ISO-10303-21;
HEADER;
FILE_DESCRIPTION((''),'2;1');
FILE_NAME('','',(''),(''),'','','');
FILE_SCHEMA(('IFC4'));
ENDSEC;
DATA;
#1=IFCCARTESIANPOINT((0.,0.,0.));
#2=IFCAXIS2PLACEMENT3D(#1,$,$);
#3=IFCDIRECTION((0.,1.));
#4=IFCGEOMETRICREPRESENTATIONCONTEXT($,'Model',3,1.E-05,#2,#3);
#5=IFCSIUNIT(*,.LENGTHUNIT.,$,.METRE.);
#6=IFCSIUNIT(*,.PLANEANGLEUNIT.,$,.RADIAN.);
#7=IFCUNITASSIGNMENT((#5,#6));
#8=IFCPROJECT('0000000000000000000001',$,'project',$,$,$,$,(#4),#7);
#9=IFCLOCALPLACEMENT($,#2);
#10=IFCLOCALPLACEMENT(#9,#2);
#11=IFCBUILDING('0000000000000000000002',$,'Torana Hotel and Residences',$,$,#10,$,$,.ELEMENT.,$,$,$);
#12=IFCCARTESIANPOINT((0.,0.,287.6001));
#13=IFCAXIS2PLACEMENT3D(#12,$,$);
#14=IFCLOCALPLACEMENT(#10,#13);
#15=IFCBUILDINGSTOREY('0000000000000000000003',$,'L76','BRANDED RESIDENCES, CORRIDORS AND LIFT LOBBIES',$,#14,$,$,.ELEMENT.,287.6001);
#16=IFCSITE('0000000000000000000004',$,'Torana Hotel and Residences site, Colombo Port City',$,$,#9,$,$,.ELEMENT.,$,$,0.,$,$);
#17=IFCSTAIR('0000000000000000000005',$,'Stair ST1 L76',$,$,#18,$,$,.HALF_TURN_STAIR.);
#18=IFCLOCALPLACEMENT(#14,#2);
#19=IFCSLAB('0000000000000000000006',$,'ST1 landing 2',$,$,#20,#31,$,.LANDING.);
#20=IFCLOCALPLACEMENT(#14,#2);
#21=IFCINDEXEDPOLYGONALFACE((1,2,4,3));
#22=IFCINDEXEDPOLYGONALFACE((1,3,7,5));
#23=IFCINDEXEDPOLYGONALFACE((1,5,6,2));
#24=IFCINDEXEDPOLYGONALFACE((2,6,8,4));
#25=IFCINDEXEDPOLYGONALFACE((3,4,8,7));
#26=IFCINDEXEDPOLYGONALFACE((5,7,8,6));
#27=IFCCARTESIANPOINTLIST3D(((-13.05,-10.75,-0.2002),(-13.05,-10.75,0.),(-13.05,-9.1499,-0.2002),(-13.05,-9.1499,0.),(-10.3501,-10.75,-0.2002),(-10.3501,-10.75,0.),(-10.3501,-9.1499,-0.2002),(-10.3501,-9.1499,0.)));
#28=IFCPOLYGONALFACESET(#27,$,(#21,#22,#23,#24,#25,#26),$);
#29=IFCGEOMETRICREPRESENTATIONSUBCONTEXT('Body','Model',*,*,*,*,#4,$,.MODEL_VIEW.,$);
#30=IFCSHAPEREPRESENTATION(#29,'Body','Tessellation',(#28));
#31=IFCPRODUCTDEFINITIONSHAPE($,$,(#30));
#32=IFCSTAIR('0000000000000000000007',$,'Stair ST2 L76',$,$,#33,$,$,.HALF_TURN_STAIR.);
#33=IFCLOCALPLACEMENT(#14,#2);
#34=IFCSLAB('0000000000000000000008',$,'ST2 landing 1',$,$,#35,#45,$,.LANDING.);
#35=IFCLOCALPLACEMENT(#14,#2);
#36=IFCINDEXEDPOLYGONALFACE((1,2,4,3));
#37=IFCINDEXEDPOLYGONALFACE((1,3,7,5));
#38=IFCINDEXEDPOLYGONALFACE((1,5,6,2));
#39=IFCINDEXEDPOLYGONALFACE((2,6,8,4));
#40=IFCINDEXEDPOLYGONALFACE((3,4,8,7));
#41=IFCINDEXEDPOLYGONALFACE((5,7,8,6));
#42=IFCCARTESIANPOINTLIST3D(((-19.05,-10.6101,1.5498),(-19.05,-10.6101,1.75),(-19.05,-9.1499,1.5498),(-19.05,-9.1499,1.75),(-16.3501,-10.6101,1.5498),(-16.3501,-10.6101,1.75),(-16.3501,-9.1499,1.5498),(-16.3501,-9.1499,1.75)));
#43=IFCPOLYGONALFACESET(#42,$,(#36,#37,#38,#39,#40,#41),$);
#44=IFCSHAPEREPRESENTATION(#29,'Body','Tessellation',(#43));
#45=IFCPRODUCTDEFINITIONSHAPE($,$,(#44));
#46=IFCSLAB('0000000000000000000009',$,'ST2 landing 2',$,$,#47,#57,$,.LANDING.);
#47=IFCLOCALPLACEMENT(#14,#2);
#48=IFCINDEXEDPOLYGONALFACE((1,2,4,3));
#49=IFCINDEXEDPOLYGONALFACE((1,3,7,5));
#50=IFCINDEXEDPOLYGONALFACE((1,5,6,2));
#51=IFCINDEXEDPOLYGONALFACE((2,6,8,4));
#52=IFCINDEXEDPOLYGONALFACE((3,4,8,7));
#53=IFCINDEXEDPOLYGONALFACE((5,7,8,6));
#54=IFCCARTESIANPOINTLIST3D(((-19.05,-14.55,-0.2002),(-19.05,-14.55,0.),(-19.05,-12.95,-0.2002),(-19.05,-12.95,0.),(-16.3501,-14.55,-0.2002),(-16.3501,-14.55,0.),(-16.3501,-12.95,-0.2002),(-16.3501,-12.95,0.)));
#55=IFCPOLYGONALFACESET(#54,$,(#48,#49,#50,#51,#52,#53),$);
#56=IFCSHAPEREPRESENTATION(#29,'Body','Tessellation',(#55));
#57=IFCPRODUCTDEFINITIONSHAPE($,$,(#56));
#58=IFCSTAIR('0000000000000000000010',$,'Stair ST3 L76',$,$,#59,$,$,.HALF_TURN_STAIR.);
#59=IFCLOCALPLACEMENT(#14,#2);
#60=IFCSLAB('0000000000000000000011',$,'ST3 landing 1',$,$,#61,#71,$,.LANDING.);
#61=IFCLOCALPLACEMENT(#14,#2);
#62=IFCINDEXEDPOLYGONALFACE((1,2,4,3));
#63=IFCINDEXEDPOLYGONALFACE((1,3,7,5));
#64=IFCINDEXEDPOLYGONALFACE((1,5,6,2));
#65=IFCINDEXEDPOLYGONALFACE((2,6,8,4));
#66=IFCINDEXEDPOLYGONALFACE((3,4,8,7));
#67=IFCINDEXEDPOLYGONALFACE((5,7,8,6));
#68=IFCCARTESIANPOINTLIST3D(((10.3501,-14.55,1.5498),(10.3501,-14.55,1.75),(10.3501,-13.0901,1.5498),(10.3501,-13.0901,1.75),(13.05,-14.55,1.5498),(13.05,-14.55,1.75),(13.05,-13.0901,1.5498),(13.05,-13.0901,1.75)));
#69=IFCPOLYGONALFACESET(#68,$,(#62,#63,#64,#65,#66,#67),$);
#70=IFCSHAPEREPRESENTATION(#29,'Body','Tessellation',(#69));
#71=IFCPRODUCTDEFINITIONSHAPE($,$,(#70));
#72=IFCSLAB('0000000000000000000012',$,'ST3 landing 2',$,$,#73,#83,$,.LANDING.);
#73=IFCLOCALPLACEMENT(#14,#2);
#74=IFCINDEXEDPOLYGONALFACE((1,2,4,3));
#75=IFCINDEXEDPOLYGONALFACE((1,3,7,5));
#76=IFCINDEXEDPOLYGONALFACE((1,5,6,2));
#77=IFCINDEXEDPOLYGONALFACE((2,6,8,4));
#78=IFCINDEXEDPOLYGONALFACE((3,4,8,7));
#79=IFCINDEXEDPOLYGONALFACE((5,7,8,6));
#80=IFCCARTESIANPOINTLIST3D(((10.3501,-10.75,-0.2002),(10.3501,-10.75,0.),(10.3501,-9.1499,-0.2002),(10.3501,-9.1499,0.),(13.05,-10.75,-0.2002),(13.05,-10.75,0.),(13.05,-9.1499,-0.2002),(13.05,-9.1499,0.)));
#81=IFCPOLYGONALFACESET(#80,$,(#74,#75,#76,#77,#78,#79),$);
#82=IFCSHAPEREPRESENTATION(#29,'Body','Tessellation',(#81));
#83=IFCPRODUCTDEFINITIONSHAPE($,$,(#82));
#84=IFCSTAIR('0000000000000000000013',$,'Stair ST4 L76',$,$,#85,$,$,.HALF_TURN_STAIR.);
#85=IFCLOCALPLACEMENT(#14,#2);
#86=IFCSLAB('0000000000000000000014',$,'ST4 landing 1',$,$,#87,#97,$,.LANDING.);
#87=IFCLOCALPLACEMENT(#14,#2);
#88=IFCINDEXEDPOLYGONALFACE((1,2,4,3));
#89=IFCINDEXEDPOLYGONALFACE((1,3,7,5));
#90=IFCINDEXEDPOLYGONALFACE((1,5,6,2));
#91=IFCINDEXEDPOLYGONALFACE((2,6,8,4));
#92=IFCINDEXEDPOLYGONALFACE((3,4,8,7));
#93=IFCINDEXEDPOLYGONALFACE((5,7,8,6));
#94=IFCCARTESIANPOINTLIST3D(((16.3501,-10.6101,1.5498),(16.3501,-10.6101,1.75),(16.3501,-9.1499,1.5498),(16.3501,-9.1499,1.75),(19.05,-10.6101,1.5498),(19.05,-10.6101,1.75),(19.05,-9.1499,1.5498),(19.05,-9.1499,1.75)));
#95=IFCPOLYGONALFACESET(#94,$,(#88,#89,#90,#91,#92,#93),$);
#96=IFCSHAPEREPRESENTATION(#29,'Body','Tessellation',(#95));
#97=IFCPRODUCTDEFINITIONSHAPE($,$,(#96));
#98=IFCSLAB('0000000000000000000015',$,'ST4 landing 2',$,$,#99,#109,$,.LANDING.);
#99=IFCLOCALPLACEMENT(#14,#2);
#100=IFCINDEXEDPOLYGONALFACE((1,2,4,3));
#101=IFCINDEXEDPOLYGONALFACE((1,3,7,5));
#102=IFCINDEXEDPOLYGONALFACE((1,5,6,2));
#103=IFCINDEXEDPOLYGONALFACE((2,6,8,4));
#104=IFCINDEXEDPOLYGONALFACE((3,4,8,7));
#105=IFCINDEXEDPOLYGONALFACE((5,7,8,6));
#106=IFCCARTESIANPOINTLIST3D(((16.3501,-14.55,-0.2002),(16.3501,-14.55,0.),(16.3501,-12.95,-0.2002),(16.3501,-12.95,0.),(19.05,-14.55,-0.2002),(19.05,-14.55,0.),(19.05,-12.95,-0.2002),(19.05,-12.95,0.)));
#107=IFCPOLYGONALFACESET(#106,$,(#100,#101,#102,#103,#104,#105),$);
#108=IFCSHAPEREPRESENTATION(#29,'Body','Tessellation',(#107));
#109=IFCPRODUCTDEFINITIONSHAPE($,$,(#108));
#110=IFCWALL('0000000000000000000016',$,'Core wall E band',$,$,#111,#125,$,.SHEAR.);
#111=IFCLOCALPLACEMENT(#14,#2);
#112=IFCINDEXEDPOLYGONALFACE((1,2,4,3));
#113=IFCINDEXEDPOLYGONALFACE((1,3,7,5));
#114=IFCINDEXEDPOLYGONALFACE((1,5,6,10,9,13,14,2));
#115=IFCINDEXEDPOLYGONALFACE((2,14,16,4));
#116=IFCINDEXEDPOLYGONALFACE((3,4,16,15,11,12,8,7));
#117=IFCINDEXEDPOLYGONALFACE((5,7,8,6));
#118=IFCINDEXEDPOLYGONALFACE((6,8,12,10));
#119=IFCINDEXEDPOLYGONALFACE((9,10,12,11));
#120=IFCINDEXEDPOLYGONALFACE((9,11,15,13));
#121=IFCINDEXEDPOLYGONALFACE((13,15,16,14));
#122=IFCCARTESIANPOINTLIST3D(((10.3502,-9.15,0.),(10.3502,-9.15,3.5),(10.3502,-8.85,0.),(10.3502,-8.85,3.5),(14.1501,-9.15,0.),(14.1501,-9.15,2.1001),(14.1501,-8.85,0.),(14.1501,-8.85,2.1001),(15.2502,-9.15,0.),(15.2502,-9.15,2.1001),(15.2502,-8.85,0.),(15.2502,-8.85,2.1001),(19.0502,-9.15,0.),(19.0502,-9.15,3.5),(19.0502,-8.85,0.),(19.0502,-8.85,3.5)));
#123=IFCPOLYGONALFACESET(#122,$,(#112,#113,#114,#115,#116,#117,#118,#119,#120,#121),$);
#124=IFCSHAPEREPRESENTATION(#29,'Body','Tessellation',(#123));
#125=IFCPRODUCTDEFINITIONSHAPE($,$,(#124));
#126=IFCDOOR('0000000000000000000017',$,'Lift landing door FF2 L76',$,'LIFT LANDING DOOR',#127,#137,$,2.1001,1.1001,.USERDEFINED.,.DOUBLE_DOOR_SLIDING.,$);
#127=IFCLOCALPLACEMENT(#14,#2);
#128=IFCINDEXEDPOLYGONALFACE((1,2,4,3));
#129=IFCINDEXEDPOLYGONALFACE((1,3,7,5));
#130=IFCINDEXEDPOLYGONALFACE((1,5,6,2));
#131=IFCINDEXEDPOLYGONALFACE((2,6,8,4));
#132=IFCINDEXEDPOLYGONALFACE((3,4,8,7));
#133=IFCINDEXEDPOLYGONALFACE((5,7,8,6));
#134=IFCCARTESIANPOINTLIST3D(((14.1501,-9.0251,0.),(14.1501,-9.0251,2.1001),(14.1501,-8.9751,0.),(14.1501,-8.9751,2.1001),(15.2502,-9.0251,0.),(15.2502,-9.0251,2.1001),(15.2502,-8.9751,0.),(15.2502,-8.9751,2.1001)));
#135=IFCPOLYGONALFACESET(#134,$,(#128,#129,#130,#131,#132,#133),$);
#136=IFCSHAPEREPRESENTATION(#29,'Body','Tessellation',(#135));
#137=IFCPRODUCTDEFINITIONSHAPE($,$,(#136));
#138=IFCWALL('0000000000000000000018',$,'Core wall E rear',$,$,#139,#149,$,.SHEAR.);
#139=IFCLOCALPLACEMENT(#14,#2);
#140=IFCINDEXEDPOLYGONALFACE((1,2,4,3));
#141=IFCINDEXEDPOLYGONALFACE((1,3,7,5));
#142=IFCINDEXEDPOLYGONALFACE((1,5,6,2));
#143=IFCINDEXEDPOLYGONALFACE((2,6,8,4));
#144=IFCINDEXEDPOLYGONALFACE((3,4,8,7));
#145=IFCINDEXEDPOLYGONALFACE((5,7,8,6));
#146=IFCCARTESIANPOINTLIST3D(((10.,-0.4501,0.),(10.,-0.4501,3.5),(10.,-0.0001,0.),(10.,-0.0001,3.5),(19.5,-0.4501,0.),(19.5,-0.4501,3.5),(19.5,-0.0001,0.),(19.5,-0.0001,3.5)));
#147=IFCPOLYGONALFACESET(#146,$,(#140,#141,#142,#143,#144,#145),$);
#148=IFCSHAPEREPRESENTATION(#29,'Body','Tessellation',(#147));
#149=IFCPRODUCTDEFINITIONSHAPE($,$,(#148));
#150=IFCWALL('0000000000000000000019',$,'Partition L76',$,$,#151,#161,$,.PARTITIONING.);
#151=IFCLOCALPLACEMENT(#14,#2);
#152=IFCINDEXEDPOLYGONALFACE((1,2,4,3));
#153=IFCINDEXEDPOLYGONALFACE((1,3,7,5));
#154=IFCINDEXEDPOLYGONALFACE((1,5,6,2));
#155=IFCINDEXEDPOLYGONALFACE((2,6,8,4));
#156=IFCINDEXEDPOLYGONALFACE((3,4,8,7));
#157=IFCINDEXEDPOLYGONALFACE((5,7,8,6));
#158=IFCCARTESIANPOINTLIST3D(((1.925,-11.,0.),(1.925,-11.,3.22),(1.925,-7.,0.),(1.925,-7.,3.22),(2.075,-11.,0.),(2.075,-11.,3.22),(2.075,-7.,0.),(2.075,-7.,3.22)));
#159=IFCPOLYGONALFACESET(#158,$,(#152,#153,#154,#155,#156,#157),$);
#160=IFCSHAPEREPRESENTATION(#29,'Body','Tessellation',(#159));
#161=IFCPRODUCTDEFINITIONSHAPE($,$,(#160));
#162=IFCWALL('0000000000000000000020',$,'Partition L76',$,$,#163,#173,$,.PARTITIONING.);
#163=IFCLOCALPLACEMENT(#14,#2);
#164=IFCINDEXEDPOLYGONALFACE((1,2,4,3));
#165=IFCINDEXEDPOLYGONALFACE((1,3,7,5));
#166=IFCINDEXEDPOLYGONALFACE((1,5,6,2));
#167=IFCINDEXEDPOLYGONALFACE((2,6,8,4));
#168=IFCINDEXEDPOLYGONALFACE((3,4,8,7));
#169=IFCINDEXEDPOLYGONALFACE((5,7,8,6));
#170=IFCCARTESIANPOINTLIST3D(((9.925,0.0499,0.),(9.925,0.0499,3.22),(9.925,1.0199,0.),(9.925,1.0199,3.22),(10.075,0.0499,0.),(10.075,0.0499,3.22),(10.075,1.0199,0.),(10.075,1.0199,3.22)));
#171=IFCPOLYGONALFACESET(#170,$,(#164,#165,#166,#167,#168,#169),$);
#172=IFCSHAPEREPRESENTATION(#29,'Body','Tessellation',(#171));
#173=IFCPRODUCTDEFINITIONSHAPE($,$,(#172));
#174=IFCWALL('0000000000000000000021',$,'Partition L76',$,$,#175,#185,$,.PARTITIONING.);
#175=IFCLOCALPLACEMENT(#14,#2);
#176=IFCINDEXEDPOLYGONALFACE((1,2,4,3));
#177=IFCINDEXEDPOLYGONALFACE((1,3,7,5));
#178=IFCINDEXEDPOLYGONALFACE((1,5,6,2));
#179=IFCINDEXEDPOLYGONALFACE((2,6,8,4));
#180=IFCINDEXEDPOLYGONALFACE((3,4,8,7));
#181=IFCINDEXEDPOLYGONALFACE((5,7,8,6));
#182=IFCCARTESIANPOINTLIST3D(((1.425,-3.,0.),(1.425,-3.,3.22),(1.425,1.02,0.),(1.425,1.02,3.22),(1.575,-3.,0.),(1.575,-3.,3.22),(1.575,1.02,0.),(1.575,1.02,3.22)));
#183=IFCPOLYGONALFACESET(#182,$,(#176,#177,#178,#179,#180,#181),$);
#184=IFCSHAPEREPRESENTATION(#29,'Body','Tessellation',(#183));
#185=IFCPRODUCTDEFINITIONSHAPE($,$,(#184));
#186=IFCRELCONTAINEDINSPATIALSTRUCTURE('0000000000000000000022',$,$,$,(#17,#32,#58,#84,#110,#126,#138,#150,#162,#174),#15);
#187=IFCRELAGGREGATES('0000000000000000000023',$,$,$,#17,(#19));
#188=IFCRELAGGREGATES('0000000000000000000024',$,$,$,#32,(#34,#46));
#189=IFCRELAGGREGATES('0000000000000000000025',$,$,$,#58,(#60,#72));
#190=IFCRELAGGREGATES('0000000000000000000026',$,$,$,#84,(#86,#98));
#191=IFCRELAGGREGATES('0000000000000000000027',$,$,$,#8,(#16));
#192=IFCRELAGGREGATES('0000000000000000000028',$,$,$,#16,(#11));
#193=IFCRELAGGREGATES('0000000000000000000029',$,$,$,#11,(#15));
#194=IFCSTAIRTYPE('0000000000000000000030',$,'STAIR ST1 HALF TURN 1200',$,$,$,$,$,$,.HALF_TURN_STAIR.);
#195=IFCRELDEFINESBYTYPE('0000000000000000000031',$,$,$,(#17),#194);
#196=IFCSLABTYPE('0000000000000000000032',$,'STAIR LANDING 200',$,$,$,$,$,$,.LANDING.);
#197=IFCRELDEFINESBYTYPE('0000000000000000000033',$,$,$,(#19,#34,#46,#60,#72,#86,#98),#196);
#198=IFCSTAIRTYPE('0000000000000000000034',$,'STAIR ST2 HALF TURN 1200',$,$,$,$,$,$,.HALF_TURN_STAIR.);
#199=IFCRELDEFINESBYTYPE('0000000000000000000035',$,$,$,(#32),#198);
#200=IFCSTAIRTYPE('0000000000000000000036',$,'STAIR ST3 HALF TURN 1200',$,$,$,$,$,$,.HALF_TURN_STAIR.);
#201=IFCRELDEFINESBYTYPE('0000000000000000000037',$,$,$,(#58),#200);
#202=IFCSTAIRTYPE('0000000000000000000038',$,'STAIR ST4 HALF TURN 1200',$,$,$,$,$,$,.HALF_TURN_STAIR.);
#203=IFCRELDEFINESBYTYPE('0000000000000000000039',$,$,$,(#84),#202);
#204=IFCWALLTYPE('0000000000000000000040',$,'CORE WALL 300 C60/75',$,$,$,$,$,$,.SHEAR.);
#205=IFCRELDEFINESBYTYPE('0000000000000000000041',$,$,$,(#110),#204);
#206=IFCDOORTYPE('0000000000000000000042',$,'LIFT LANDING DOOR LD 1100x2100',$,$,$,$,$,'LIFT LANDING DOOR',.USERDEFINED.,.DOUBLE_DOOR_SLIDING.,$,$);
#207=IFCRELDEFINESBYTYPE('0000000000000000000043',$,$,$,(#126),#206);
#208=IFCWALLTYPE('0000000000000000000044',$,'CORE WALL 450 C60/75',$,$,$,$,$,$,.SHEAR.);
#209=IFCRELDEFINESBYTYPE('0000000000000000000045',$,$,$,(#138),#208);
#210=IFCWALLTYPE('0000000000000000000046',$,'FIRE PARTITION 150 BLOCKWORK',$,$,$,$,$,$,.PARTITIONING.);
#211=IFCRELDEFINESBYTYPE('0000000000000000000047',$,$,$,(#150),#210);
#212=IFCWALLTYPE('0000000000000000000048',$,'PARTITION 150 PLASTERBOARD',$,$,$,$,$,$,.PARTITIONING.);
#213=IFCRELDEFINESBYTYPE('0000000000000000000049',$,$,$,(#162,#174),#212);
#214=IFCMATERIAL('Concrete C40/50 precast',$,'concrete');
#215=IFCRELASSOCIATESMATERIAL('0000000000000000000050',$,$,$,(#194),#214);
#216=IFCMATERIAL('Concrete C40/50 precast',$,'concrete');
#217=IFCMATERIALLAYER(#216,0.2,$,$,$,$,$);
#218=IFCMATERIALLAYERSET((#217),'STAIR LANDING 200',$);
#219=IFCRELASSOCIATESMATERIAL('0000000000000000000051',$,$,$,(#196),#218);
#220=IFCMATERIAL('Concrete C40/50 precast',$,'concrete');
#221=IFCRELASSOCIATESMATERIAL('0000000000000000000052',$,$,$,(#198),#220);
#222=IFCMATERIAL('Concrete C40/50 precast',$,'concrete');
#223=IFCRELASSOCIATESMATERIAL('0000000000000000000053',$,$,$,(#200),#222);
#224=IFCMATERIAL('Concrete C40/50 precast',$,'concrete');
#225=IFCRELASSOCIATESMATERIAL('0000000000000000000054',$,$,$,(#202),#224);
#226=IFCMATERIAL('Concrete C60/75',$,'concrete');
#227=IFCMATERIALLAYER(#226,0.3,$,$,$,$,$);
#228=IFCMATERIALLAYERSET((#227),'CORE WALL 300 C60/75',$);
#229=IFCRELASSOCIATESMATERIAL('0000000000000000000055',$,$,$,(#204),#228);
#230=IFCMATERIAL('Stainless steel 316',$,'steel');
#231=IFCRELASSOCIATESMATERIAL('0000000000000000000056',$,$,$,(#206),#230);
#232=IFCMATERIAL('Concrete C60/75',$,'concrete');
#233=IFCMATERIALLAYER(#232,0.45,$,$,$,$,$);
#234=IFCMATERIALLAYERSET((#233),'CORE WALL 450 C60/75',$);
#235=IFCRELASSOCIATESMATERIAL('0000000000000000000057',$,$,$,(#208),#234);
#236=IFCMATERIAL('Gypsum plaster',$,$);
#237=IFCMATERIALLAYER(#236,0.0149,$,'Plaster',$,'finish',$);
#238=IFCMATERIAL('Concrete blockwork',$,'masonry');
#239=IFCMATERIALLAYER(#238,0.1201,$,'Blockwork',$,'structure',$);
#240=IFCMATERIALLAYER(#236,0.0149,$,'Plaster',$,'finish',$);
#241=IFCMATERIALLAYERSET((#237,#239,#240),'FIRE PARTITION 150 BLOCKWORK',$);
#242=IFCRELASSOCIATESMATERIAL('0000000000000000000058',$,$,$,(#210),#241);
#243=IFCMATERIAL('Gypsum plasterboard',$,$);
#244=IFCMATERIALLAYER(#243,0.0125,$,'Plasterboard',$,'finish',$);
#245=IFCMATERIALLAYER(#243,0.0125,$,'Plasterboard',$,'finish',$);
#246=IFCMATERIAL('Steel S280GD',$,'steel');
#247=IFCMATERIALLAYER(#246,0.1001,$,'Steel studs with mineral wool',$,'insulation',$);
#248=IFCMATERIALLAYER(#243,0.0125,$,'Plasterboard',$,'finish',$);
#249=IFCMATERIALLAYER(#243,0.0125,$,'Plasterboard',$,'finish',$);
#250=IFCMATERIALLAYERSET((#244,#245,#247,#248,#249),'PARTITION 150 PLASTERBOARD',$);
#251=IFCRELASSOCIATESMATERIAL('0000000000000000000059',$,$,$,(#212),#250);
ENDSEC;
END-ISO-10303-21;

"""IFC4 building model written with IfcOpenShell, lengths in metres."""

from ifc_helpers import new_model, si_unit, direction, frame, frame_2d, origin, place, context, subcontext, project, spatial, polyline, rectangle, outline, extrude, material, layer, layer_set, type_object, element, fill, aggregate, save


model = new_model("IFC4")

# Units and contexts
model_context = context("Model", 3, precision=1e-05, world=origin(), true_north=direction((0.0, 1.0)))
body_context = subcontext(model_context, "Body", "Model", "MODEL_VIEW")
ifc_project = project(units=[si_unit("LENGTHUNIT", "METRE"), si_unit("PLANEANGLEUNIT", "RADIAN")], contexts=[model_context])

# Site, building, storey
site_placement = place(None, origin())
site = spatial("IfcSite", under=ifc_project, at=site_placement, Name="Torana Hotel and Residences site, Colombo Port City", CompositionType="ELEMENT", RefElevation=0.0)
building_placement = place(site_placement, origin())
building = spatial("IfcBuilding", under=site, at=building_placement, Name="Torana Hotel and Residences", CompositionType="ELEMENT")
storey_placement = place(building_placement, frame((0.0, 0.0, 287.6001)))
storey = spatial("IfcBuildingStorey", under=building, at=storey_placement, Name="L76", Description="BRANDED RESIDENCES, CORRIDORS AND LIFT LOBBIES", CompositionType="ELEMENT", Elevation=287.6001)

# Stairs, slabs
ifc_material_1 = material(Name="Concrete C40/50 precast", Category="concrete")
stair_type_1 = type_object("IfcStairType", Name="STAIR ST1 HALF TURN 1200", PredefinedType="HALF_TURN_STAIR", material=ifc_material_1)
stair_1_placement = place(storey_placement, origin())
stair_1 = element("IfcStair", 1, at=stair_1_placement, inside=storey, type_object=stair_type_1, Name="Stair ST1 L76", PredefinedType="HALF_TURN_STAIR")
ifc_material_2 = material(Name="Concrete C40/50 precast", Category="concrete")
ifc_layer_1 = layer(ifc_material_2, 0.2)
ifc_layer_set_1 = layer_set([ifc_layer_1], Name="STAIR LANDING 200")
slab_type_1 = type_object("IfcSlabType", Name="STAIR LANDING 200", PredefinedType="LANDING", material=ifc_layer_set_1)
slab_1_placement = place(storey_placement, frame((0.0, 0.0, -0.2002)))
slab_1 = element("IfcSlab", 2, at=slab_1_placement, type_object=slab_type_1, Name="ST1 landing 2", PredefinedType="LANDING", context=body_context, shape_type="SweptSolid", body=[
    extrude(outline(polyline([(-13.05, -10.75), (-10.3501, -10.75), (-10.3501, -9.1499), (-13.05, -9.1499), (-13.05, -10.75)])), origin(), (0.0, 0.0, 1.0), 0.2002),
])
aggregate(stair_1, [slab_1])
ifc_material_3 = material(Name="Concrete C40/50 precast", Category="concrete")
stair_type_2 = type_object("IfcStairType", Name="STAIR ST2 HALF TURN 1200", PredefinedType="HALF_TURN_STAIR", material=ifc_material_3)
stair_2_placement = place(storey_placement, origin())
stair_2 = element("IfcStair", 3, at=stair_2_placement, inside=storey, type_object=stair_type_2, Name="Stair ST2 L76", PredefinedType="HALF_TURN_STAIR")
slab_2_placement = place(storey_placement, frame((0.0, 0.0, 1.5498)))
slab_2 = element("IfcSlab", 4, at=slab_2_placement, type_object=slab_type_1, Name="ST2 landing 1", PredefinedType="LANDING", context=body_context, shape_type="SweptSolid", body=[
    extrude(outline(polyline([(-19.05, -10.6101), (-16.3501, -10.6101), (-16.3501, -9.1499), (-19.05, -9.1499), (-19.05, -10.6101)])), origin(), (0.0, 0.0, 1.0), 0.2002),
])
slab_3_placement = place(storey_placement, frame((0.0, 0.0, -0.2002)))
slab_3 = element("IfcSlab", 5, at=slab_3_placement, type_object=slab_type_1, Name="ST2 landing 2", PredefinedType="LANDING", context=body_context, shape_type="SweptSolid", body=[
    extrude(outline(polyline([(-19.05, -14.55), (-16.3501, -14.55), (-16.3501, -12.95), (-19.05, -12.95), (-19.05, -14.55)])), origin(), (0.0, 0.0, 1.0), 0.2002),
])
aggregate(stair_2, [slab_2, slab_3])
ifc_material_4 = material(Name="Concrete C40/50 precast", Category="concrete")
stair_type_3 = type_object("IfcStairType", Name="STAIR ST3 HALF TURN 1200", PredefinedType="HALF_TURN_STAIR", material=ifc_material_4)
stair_3_placement = place(storey_placement, origin())
stair_3 = element("IfcStair", 6, at=stair_3_placement, inside=storey, type_object=stair_type_3, Name="Stair ST3 L76", PredefinedType="HALF_TURN_STAIR")
slab_4_placement = place(storey_placement, frame((0.0, 0.0, 1.5498)))
slab_4 = element("IfcSlab", 7, at=slab_4_placement, type_object=slab_type_1, Name="ST3 landing 1", PredefinedType="LANDING", context=body_context, shape_type="SweptSolid", body=[
    extrude(outline(polyline([(10.3501, -14.55), (13.05, -14.55), (13.05, -13.0901), (10.3501, -13.0901), (10.3501, -14.55)])), origin(), (0.0, 0.0, 1.0), 0.2002),
])
slab_5_placement = place(storey_placement, frame((0.0, 0.0, -0.2002)))
slab_5 = element("IfcSlab", 8, at=slab_5_placement, type_object=slab_type_1, Name="ST3 landing 2", PredefinedType="LANDING", context=body_context, shape_type="SweptSolid", body=[
    extrude(outline(polyline([(10.3501, -10.75), (13.05, -10.75), (13.05, -9.1499), (10.3501, -9.1499), (10.3501, -10.75)])), origin(), (0.0, 0.0, 1.0), 0.2002),
])
aggregate(stair_3, [slab_4, slab_5])
ifc_material_5 = material(Name="Concrete C40/50 precast", Category="concrete")
stair_type_4 = type_object("IfcStairType", Name="STAIR ST4 HALF TURN 1200", PredefinedType="HALF_TURN_STAIR", material=ifc_material_5)
stair_4_placement = place(storey_placement, origin())
stair_4 = element("IfcStair", 9, at=stair_4_placement, inside=storey, type_object=stair_type_4, Name="Stair ST4 L76", PredefinedType="HALF_TURN_STAIR")
slab_6_placement = place(storey_placement, frame((0.0, 0.0, 1.5498)))
slab_6 = element("IfcSlab", 10, at=slab_6_placement, type_object=slab_type_1, Name="ST4 landing 1", PredefinedType="LANDING", context=body_context, shape_type="SweptSolid", body=[
    extrude(outline(polyline([(16.3501, -10.6101), (19.05, -10.6101), (19.05, -9.1499), (16.3501, -9.1499), (16.3501, -10.6101)])), origin(), (0.0, 0.0, 1.0), 0.2002),
])
slab_7_placement = place(storey_placement, frame((0.0, 0.0, -0.2002)))
slab_7 = element("IfcSlab", 11, at=slab_7_placement, type_object=slab_type_1, Name="ST4 landing 2", PredefinedType="LANDING", context=body_context, shape_type="SweptSolid", body=[
    extrude(outline(polyline([(16.3501, -14.55), (19.05, -14.55), (19.05, -12.95), (16.3501, -12.95), (16.3501, -14.55)])), origin(), (0.0, 0.0, 1.0), 0.2002),
])
aggregate(stair_4, [slab_6, slab_7])

# Wall, opening, door
ifc_material_6 = material(Name="Concrete C60/75", Category="concrete")
ifc_layer_2 = layer(ifc_material_6, 0.3)
ifc_layer_set_2 = layer_set([ifc_layer_2], Name="CORE WALL 300 C60/75")
wall_type_1 = type_object("IfcWallType", Name="CORE WALL 300 C60/75", PredefinedType="SHEAR", material=ifc_layer_set_2)
wall_1_placement = place(storey_placement, frame((10.3501, -9.0, 0.0), z_axis=(0.0, 0.0, 1.0), x_axis=(1.0, 0.0, 0.0)))
wall_1 = element("IfcWall", 12, at=wall_1_placement, inside=storey, type_object=wall_type_1, Name="Core wall E band", PredefinedType="SHEAR", context=body_context, shape_type="SweptSolid", body=[
    extrude(rectangle(XDim=8.7, YDim=0.3, at=frame_2d((4.3501, 0.0))), origin(), (0.0, 0.0, 1.0), 3.5),
])
opening_placement = place(wall_1_placement, frame((3.8, 0.0, 0.0)))
opening = element("IfcOpeningElement", 13, at=opening_placement, cuts=wall_1, PredefinedType="OPENING", context=body_context, shape_type="SweptSolid", body=[
    extrude(rectangle(XDim=1.1001, YDim=2.1001, at=frame_2d((0.55, 1.05))), frame((0.0, 0.1599, 0.0), z_axis=(0.0, -1.0, 0.0), x_axis=(1.0, 0.0, 0.0)), (0.0, 0.0, 1.0), 0.3201),
])
ifc_material_7 = material(Name="Stainless steel 316", Category="steel")
door_type = type_object("IfcDoorType", Name="LIFT LANDING DOOR LD 1100x2100", ElementType="LIFT LANDING DOOR", OperationType="DOUBLE_DOOR_SLIDING", PredefinedType="USERDEFINED", material=ifc_material_7)
door_placement = place(opening_placement, origin())
door = element("IfcDoor", 14, at=door_placement, inside=storey, type_object=door_type, Name="Lift landing door FF2 L76", ObjectType="LIFT LANDING DOOR", OperationType="DOUBLE_DOOR_SLIDING", OverallHeight=2.1001, OverallWidth=1.1001, PredefinedType="USERDEFINED", context=body_context, shape_type="SweptSolid", body=[
    extrude(rectangle(XDim=1.1001, YDim=2.1001, at=frame_2d((0.55, 1.05))), frame((0.0, 0.0249, 0.0), z_axis=(0.0, -1.0, 0.0), x_axis=(1.0, 0.0, 0.0)), (0.0, 0.0, 1.0), 0.05),
])
fill(opening, door)

# Walls
ifc_material_8 = material(Name="Concrete C60/75", Category="concrete")
ifc_layer_3 = layer(ifc_material_8, 0.45)
ifc_layer_set_3 = layer_set([ifc_layer_3], Name="CORE WALL 450 C60/75")
wall_type_2 = type_object("IfcWallType", Name="CORE WALL 450 C60/75", PredefinedType="SHEAR", material=ifc_layer_set_3)
wall_2_placement = place(storey_placement, frame((10.0, -0.2251, 0.0), z_axis=(0.0, 0.0, 1.0), x_axis=(1.0, 0.0, 0.0)))
element("IfcWall", 15, at=wall_2_placement, inside=storey, type_object=wall_type_2, Name="Core wall E rear", PredefinedType="SHEAR", context=body_context, shape_type="SweptSolid", body=[
    extrude(rectangle(XDim=9.5, YDim=0.45, at=frame_2d((4.75, 0.0))), origin(), (0.0, 0.0, 1.0), 3.5),
])
ifc_material_9 = material(Name="Gypsum plaster")
ifc_layer_4 = layer(ifc_material_9, 0.0149, Name="Plaster", Category="finish")
ifc_material_10 = material(Name="Concrete blockwork", Category="masonry")
ifc_layer_5 = layer(ifc_material_10, 0.1201, Name="Blockwork", Category="structure")
ifc_layer_6 = layer(ifc_material_9, 0.0149, Name="Plaster", Category="finish")
ifc_layer_set_4 = layer_set([ifc_layer_4, ifc_layer_5, ifc_layer_6], Name="FIRE PARTITION 150 BLOCKWORK")
wall_type_3 = type_object("IfcWallType", Name="FIRE PARTITION 150 BLOCKWORK", PredefinedType="PARTITIONING", material=ifc_layer_set_4)
wall_3_placement = place(storey_placement, frame((2.0, -11.0, 0.0), z_axis=(0.0, 0.0, 1.0), x_axis=(0.0, 1.0, 0.0)))
element("IfcWall", 16, at=wall_3_placement, inside=storey, type_object=wall_type_3, Name="Partition L76", PredefinedType="PARTITIONING", context=body_context, shape_type="SweptSolid", body=[
    extrude(rectangle(XDim=4.0, YDim=0.1499, at=frame_2d((2.0, 0.0))), origin(), (0.0, 0.0, 1.0), 3.22),
])
ifc_material_11 = material(Name="Gypsum plasterboard")
ifc_layer_7 = layer(ifc_material_11, 0.0125, Name="Plasterboard", Category="finish")
ifc_layer_8 = layer(ifc_material_11, 0.0125, Name="Plasterboard", Category="finish")
ifc_material_12 = material(Name="Steel S280GD", Category="steel")
ifc_layer_9 = layer(ifc_material_12, 0.1001, Name="Steel studs with mineral wool", Category="insulation")
ifc_layer_10 = layer(ifc_material_11, 0.0125, Name="Plasterboard", Category="finish")
ifc_layer_11 = layer(ifc_material_11, 0.0125, Name="Plasterboard", Category="finish")
ifc_layer_set_5 = layer_set([ifc_layer_7, ifc_layer_8, ifc_layer_9, ifc_layer_10, ifc_layer_11], Name="PARTITION 150 PLASTERBOARD")
wall_type_4 = type_object("IfcWallType", Name="PARTITION 150 PLASTERBOARD", PredefinedType="PARTITIONING", material=ifc_layer_set_5)
wall_4_placement = place(storey_placement, frame((10.0, 0.05, 0.0), z_axis=(0.0, 0.0, 1.0), x_axis=(0.0, 1.0, 0.0)))
element("IfcWall", 17, at=wall_4_placement, inside=storey, type_object=wall_type_4, Name="Partition L76", PredefinedType="PARTITIONING", context=body_context, shape_type="SweptSolid", body=[
    extrude(rectangle(XDim=0.97, YDim=0.1499, at=frame_2d((0.4849, 0.0))), origin(), (0.0, 0.0, 1.0), 3.22),
])
wall_5_placement = place(storey_placement, frame((1.5, -3.0, 0.0), z_axis=(0.0, 0.0, 1.0), x_axis=(0.0, 1.0, 0.0)))
element("IfcWall", 18, at=wall_5_placement, inside=storey, type_object=wall_type_4, Name="Partition L76", PredefinedType="PARTITIONING", context=body_context, shape_type="SweptSolid", body=[
    extrude(rectangle(XDim=4.02, YDim=0.1499, at=frame_2d((2.01, 0.0))), origin(), (0.0, 0.0, 1.0), 3.22),
])

save(model, "model.ifc")
